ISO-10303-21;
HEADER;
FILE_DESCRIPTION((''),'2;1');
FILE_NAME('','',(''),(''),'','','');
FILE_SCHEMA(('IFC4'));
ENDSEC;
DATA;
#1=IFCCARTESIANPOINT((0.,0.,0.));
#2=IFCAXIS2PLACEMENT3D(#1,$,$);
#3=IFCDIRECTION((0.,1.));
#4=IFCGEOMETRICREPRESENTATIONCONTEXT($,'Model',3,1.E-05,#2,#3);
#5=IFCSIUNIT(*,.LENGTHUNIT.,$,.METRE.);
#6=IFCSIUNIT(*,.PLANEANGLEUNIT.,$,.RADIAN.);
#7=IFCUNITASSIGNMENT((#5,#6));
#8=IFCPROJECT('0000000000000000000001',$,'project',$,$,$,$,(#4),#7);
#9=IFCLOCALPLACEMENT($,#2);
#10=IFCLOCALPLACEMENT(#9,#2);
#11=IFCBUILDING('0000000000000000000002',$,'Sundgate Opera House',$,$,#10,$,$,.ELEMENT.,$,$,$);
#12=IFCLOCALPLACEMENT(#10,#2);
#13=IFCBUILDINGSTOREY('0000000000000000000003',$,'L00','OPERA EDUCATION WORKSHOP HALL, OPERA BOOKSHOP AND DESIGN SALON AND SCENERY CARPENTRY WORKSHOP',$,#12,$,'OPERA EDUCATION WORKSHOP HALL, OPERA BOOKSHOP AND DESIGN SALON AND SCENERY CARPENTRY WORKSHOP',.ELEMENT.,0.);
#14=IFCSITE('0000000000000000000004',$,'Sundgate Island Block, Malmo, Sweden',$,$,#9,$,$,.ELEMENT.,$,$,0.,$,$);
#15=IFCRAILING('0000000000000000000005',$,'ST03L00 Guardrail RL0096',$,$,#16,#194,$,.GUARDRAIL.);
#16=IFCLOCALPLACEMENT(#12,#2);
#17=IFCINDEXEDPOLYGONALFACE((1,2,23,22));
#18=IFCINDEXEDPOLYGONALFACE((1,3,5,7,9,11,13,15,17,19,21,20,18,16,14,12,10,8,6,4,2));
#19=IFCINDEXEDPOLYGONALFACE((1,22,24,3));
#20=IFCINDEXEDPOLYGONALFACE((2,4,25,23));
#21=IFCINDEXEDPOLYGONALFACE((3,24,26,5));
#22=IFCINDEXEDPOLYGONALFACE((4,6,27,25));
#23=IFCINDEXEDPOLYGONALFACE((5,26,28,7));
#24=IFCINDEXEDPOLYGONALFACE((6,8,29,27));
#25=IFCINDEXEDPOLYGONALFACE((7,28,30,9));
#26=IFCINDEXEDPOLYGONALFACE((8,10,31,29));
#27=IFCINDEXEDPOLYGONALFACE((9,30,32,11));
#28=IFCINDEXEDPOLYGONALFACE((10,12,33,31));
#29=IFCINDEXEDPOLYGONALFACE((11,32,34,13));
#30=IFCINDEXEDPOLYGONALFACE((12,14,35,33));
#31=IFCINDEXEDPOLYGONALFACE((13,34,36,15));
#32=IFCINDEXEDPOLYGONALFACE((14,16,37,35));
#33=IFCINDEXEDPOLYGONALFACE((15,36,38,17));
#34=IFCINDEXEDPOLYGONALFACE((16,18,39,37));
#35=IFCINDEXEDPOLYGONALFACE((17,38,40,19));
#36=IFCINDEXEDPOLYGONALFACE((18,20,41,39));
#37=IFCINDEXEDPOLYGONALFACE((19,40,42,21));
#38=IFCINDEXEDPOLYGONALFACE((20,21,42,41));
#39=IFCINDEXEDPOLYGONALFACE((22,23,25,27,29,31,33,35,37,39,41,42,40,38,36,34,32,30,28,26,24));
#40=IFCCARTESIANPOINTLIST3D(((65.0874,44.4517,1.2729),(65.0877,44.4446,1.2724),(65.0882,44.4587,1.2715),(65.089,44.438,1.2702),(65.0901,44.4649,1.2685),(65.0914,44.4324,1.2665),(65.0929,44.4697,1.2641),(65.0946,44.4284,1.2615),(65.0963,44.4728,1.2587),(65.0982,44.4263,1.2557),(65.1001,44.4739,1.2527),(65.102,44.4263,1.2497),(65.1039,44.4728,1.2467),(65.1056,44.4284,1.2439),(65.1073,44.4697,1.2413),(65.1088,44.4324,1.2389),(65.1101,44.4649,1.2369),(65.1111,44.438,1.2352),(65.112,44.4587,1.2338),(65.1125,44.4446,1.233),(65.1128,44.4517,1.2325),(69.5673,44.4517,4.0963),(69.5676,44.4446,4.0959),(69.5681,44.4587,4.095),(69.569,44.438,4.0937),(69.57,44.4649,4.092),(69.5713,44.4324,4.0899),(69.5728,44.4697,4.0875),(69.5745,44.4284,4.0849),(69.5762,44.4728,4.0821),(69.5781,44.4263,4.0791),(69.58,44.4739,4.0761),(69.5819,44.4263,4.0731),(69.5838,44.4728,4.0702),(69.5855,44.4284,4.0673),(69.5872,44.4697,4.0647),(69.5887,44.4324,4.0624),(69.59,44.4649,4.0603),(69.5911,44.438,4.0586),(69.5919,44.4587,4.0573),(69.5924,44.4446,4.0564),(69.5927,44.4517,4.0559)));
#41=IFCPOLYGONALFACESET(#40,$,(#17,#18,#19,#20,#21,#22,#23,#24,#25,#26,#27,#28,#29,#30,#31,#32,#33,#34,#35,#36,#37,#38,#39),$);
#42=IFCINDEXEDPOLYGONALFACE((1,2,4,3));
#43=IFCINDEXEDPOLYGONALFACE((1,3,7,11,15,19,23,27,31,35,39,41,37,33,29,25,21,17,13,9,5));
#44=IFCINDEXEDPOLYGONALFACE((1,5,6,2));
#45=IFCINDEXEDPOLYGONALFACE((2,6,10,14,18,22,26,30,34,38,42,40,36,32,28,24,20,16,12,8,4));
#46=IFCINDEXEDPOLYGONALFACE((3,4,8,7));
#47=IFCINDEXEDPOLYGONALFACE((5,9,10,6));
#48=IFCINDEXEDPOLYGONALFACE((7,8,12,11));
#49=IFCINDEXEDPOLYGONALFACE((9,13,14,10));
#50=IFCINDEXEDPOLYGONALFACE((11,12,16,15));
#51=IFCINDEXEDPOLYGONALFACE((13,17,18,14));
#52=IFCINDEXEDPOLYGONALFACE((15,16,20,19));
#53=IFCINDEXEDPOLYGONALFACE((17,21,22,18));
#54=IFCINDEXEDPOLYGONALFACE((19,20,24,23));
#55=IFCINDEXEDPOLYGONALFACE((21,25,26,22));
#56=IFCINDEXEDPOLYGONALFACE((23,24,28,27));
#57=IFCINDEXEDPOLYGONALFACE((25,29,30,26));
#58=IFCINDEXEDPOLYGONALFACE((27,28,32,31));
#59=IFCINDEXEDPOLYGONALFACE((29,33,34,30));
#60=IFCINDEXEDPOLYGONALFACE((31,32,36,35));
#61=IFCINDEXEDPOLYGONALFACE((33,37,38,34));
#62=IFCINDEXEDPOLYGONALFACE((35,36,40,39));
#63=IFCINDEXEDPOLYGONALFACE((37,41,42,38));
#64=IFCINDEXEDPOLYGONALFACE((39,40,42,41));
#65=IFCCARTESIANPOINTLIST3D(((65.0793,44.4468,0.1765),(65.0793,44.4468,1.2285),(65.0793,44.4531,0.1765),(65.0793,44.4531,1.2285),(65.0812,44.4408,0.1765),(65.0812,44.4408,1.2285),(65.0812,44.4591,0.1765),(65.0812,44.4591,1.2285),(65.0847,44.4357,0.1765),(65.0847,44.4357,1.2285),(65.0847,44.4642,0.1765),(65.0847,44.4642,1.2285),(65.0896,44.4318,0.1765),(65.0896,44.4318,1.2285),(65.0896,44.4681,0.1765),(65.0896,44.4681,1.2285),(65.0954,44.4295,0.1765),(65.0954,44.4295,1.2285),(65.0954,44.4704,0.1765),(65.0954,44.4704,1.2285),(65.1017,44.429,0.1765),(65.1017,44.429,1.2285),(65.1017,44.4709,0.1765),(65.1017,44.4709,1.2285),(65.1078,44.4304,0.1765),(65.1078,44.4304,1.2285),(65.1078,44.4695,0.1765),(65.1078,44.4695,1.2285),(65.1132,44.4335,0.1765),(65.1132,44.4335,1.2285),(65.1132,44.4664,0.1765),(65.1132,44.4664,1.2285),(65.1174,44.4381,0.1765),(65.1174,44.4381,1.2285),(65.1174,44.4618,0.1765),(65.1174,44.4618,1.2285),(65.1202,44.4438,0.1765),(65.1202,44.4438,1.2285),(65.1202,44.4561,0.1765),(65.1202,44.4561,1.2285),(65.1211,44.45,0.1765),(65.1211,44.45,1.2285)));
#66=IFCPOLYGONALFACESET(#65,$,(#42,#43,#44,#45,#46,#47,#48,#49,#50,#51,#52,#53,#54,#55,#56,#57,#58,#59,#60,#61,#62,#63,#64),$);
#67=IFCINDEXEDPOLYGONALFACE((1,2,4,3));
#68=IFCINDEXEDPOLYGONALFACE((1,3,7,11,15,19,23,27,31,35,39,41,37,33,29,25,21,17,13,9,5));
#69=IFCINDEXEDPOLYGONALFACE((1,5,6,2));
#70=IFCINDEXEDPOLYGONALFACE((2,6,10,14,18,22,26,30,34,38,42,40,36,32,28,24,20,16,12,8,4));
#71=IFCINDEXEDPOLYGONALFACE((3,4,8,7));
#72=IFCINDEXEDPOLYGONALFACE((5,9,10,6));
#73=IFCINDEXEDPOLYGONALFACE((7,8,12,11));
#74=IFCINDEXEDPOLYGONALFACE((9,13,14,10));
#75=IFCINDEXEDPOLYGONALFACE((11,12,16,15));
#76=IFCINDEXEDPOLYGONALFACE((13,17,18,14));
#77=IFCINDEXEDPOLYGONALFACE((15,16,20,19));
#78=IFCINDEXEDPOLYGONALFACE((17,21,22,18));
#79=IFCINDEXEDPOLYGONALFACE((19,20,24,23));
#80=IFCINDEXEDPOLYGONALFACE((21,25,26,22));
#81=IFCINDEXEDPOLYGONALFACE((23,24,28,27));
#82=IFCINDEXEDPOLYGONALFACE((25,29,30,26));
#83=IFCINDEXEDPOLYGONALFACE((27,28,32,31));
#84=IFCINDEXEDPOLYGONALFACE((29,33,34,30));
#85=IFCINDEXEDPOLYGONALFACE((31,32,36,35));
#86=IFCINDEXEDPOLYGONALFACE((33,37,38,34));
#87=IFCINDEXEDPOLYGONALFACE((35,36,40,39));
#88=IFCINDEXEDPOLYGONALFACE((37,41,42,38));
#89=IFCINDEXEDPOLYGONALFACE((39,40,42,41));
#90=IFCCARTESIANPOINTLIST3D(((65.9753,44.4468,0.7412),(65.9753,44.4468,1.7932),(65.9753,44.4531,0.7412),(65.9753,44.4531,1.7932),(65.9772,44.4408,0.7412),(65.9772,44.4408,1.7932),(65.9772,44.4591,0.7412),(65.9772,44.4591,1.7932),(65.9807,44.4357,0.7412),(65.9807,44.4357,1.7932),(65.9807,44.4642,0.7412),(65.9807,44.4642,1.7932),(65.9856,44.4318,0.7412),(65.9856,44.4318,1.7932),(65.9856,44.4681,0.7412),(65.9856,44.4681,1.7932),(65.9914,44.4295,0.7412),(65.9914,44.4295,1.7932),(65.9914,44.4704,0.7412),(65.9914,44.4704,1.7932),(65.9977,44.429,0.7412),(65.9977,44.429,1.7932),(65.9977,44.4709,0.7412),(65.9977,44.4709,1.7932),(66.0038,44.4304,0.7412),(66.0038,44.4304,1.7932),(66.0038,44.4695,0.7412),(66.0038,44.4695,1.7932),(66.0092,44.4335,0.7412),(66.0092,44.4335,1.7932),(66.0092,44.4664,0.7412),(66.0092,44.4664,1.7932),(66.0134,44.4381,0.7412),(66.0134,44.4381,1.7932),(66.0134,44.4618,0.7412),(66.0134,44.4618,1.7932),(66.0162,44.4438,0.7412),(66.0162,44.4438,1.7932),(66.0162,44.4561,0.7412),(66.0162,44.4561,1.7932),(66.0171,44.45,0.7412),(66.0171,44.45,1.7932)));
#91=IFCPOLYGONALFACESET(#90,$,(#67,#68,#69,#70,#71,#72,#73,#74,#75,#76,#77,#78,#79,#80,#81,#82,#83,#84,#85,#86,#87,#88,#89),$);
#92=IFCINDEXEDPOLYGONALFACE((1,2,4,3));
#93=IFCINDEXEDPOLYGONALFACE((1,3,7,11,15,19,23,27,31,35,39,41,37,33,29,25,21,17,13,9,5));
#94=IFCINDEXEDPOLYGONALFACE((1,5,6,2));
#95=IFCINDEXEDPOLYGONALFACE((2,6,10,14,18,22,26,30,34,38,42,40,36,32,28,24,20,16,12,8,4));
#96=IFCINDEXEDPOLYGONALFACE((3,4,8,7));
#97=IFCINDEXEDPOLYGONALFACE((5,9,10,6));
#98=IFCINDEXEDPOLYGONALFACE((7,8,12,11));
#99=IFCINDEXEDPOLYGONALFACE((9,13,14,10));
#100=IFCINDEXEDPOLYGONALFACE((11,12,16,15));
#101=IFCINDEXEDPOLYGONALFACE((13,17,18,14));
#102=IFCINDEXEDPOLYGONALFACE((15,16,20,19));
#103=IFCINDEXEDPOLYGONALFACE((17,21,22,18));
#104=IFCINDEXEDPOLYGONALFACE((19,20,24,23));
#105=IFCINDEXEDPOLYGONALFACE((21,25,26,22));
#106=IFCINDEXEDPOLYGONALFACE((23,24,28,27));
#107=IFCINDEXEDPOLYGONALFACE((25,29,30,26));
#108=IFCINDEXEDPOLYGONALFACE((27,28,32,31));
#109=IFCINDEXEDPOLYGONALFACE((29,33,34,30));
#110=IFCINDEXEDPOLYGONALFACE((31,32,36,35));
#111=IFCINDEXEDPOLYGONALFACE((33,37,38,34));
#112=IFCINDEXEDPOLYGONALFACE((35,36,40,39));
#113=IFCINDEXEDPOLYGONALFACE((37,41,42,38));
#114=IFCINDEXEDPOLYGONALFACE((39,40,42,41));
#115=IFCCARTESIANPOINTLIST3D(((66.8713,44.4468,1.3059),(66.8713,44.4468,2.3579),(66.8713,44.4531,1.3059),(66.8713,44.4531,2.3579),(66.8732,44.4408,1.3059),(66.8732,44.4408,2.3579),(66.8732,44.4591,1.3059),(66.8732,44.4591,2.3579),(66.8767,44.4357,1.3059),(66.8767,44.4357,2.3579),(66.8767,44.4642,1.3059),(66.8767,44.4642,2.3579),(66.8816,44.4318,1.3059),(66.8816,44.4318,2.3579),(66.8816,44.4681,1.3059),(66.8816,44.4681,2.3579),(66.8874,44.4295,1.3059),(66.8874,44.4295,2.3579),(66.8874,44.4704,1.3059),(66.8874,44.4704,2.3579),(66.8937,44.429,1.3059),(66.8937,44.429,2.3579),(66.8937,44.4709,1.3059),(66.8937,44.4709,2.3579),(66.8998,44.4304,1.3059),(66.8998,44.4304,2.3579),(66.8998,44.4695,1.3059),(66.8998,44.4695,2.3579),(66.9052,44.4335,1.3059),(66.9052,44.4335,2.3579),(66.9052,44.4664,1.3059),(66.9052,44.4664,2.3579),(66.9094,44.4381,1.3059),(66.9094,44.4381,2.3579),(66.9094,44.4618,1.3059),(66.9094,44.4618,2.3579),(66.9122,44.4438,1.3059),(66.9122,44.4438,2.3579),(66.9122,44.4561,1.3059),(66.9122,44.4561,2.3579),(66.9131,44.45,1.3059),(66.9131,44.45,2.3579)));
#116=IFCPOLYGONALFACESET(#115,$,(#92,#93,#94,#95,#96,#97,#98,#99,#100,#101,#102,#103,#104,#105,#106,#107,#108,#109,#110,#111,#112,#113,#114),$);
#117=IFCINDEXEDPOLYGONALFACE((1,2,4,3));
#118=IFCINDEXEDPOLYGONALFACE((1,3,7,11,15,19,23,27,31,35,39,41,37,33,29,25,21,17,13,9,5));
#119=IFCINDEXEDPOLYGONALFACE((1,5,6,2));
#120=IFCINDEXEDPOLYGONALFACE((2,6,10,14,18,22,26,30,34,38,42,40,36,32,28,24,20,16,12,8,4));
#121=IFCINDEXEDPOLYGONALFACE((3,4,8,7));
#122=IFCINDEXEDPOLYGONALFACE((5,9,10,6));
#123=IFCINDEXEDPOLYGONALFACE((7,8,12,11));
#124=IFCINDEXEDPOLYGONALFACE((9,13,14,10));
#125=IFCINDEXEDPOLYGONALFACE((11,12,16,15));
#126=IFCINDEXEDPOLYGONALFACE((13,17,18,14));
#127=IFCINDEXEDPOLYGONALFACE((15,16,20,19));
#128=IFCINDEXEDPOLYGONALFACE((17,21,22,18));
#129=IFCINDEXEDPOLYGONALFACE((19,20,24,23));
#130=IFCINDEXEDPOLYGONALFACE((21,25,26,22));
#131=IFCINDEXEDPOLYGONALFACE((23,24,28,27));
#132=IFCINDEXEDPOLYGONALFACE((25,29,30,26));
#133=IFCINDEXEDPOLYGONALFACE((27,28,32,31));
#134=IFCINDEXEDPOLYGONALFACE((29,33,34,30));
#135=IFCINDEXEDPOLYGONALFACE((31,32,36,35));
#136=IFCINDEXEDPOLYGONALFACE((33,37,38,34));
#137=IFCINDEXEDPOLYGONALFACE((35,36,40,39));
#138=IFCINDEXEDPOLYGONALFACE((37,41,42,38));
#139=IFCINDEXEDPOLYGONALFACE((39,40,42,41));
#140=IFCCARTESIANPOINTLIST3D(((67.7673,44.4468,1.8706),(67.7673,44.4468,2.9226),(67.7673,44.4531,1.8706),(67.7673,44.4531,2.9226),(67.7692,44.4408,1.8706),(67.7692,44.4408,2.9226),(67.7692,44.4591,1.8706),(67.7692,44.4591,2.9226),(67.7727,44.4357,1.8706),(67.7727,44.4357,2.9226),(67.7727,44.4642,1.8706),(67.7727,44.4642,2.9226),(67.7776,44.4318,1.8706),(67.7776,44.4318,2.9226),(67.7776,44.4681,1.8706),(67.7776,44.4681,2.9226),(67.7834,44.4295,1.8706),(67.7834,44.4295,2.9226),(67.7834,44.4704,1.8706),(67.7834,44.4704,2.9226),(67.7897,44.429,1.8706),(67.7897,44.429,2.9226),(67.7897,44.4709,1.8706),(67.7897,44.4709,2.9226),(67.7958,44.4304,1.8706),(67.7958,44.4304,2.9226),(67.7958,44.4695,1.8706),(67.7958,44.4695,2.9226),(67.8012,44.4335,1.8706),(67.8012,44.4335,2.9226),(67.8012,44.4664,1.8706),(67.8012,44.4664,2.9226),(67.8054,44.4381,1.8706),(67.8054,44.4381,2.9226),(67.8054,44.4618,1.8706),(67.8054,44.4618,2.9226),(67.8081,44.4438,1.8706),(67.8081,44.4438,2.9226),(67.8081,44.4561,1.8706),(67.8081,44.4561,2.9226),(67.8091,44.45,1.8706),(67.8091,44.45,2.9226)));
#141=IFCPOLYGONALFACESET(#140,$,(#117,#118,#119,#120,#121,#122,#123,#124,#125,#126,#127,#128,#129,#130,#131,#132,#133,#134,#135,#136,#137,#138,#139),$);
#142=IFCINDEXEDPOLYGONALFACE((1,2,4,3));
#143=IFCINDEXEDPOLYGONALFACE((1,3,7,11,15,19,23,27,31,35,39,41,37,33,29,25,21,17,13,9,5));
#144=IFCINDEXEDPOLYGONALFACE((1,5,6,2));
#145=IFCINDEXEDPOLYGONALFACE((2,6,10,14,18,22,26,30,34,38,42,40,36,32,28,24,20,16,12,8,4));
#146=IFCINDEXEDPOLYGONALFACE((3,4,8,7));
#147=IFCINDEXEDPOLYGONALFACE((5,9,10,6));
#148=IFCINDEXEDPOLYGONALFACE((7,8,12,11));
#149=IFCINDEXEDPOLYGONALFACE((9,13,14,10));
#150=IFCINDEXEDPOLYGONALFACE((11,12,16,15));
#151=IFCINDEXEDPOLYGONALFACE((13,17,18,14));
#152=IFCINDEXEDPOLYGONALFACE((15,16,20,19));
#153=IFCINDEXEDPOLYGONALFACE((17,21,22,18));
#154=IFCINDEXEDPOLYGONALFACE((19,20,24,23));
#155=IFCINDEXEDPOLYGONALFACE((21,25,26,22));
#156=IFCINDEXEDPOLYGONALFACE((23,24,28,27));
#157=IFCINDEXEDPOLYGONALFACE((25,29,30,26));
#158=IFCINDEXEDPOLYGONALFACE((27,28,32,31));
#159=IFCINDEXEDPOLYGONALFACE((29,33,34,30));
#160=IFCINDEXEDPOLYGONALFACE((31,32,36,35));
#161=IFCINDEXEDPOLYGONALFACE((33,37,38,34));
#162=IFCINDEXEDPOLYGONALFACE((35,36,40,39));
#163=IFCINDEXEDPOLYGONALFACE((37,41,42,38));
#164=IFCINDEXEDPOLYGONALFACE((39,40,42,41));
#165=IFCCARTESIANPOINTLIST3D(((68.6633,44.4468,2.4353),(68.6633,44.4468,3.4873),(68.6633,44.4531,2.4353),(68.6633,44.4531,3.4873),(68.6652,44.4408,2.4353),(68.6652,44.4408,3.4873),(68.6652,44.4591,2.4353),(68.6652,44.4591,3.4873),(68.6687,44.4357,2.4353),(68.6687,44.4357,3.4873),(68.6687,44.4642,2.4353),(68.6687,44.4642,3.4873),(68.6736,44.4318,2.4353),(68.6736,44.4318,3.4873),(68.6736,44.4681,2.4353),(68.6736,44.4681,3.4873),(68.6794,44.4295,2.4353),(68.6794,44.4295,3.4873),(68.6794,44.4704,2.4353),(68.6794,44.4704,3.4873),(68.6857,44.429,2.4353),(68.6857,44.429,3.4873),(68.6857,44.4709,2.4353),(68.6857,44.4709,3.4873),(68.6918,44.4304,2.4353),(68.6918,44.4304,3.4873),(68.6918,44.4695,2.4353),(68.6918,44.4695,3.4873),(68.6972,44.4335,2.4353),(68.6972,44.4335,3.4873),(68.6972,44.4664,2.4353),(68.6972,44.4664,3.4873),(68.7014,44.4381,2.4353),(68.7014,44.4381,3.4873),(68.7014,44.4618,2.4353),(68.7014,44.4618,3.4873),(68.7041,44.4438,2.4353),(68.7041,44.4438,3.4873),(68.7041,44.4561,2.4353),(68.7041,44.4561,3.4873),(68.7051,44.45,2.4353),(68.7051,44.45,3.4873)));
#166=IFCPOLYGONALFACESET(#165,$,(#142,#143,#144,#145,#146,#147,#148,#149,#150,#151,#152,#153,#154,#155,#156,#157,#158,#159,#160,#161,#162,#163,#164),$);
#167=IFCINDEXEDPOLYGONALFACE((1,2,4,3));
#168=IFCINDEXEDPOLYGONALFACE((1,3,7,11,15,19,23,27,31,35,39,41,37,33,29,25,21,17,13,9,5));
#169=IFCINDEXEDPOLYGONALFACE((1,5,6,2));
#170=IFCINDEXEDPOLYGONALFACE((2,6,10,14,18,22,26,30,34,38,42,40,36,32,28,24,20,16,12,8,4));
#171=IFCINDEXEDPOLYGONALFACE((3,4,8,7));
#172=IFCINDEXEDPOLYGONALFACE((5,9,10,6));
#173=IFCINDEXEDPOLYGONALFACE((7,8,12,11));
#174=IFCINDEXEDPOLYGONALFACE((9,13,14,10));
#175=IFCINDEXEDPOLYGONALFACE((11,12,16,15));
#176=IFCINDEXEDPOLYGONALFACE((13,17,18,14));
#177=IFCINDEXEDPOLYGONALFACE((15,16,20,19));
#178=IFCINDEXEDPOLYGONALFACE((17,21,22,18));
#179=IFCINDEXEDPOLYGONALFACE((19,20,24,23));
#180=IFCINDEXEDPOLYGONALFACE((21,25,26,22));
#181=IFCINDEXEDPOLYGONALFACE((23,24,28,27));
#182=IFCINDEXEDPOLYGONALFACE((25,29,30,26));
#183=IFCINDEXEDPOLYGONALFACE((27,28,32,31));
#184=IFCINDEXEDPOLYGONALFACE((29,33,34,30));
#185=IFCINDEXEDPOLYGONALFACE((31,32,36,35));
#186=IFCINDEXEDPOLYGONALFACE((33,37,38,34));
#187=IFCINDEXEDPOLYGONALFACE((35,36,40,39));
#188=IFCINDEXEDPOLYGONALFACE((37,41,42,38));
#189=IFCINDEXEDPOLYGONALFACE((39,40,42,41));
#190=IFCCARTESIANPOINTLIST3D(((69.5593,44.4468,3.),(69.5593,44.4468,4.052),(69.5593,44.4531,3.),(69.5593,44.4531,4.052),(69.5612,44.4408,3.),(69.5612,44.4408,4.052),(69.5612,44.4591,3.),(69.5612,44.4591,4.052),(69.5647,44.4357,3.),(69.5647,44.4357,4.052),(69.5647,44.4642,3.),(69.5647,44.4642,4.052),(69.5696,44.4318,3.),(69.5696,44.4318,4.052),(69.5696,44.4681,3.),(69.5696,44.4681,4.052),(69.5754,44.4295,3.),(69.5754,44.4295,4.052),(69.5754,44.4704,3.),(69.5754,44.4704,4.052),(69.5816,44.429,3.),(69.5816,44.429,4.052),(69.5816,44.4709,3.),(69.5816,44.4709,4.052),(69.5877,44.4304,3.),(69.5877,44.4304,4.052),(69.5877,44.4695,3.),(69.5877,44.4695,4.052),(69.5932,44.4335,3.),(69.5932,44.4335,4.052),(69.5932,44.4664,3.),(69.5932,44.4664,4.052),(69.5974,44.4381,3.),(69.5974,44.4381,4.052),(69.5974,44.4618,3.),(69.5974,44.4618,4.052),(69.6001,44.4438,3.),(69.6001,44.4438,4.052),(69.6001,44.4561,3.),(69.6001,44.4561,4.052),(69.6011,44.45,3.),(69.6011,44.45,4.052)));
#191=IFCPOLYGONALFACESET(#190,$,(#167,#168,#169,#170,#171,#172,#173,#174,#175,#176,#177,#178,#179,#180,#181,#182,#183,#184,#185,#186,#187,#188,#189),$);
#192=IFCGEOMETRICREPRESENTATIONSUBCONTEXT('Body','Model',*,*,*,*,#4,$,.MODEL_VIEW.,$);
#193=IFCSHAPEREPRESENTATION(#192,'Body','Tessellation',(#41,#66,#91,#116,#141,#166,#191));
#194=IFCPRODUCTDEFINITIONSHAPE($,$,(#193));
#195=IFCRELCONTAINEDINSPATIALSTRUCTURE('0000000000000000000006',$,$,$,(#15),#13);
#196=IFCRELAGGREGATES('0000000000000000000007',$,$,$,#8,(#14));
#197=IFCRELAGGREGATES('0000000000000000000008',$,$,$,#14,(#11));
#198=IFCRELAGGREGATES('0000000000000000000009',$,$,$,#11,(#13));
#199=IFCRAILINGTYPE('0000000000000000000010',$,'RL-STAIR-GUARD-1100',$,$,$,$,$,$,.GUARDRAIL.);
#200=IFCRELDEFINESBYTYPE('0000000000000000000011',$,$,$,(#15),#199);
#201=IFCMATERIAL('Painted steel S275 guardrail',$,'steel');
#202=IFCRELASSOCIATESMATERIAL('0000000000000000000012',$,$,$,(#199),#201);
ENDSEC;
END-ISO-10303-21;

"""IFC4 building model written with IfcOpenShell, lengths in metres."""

from ifc_helpers import new_model, si_unit, direction, frame, origin, origin_2d, place, context, subcontext, project, spatial, circle, extrude, material, type_object, element, save


model = new_model("IFC4")

# Units and contexts
model_context = context("Model", 3, precision=1e-05, world=origin(), true_north=direction((0.0, 1.0)))
body_context = subcontext(model_context, "Body", "Model", "MODEL_VIEW")
ifc_project = project(units=[si_unit("LENGTHUNIT", "METRE"), si_unit("PLANEANGLEUNIT", "RADIAN")], contexts=[model_context])

# Site, building, storey
site_placement = place(None, origin())
site = spatial("IfcSite", under=ifc_project, at=site_placement, Name="Sundgate Island Block, Malmo, Sweden", CompositionType="ELEMENT", RefElevation=0.0)
building_placement = place(site_placement, origin())
building = spatial("IfcBuilding", under=site, at=building_placement, Name="Sundgate Opera House", CompositionType="ELEMENT")
storey_placement = place(building_placement, origin())
storey = spatial("IfcBuildingStorey", under=building, at=storey_placement, Name="L00", Description="OPERA EDUCATION WORKSHOP HALL, OPERA BOOKSHOP AND DESIGN SALON AND SCENERY CARPENTRY WORKSHOP", LongName="OPERA EDUCATION WORKSHOP HALL, OPERA BOOKSHOP AND DESIGN SALON AND SCENERY CARPENTRY WORKSHOP", CompositionType="ELEMENT", Elevation=0.0)

# Railing
ifc_material_1 = material(Name="Painted steel S275 guardrail", Category="steel")
railing_type_1 = type_object("IfcRailingType", Name="RL-STAIR-GUARD-1100", PredefinedType="GUARDRAIL", material=ifc_material_1)
railing_1_placement = place(storey_placement, frame((65.1001, 44.45, 0.1765)))
element("IfcRailing", 1, at=railing_1_placement, inside=storey, type_object=railing_type_1, Name="ST03L00 Guardrail RL0096", PredefinedType="GUARDRAIL", context=body_context, shape_type="SweptSolid", body=[
    extrude(circle(Radius=0.0239, at=origin_2d()), frame((0.0, 0.0, 1.0762), z_axis=(0.845998, 0.0, 0.533186), x_axis=(0.0, 1.0, 0.0)), (0.0, 0.0, 1.0), 5.2954),
    extrude(circle(Radius=0.021, at=origin_2d()), origin(), (0.0, 0.0, 1.0), 1.052),
    extrude(circle(Radius=0.021, at=origin_2d()), frame((0.896, 0.0, 0.5647)), (0.0, 0.0, 1.0), 1.052),
    extrude(circle(Radius=0.021, at=origin_2d()), frame((1.792, 0.0, 1.1294)), (0.0, 0.0, 1.0), 1.052),
    extrude(circle(Radius=0.021, at=origin_2d()), frame((2.688, 0.0, 1.6941)), (0.0, 0.0, 1.0), 1.052),
    extrude(circle(Radius=0.021, at=origin_2d()), frame((3.584, 0.0, 2.2588)), (0.0, 0.0, 1.0), 1.052),
    extrude(circle(Radius=0.021, at=origin_2d()), frame((4.48, 0.0, 2.8235)), (0.0, 0.0, 1.0), 1.052),
])

save(model, "model.ifc")
